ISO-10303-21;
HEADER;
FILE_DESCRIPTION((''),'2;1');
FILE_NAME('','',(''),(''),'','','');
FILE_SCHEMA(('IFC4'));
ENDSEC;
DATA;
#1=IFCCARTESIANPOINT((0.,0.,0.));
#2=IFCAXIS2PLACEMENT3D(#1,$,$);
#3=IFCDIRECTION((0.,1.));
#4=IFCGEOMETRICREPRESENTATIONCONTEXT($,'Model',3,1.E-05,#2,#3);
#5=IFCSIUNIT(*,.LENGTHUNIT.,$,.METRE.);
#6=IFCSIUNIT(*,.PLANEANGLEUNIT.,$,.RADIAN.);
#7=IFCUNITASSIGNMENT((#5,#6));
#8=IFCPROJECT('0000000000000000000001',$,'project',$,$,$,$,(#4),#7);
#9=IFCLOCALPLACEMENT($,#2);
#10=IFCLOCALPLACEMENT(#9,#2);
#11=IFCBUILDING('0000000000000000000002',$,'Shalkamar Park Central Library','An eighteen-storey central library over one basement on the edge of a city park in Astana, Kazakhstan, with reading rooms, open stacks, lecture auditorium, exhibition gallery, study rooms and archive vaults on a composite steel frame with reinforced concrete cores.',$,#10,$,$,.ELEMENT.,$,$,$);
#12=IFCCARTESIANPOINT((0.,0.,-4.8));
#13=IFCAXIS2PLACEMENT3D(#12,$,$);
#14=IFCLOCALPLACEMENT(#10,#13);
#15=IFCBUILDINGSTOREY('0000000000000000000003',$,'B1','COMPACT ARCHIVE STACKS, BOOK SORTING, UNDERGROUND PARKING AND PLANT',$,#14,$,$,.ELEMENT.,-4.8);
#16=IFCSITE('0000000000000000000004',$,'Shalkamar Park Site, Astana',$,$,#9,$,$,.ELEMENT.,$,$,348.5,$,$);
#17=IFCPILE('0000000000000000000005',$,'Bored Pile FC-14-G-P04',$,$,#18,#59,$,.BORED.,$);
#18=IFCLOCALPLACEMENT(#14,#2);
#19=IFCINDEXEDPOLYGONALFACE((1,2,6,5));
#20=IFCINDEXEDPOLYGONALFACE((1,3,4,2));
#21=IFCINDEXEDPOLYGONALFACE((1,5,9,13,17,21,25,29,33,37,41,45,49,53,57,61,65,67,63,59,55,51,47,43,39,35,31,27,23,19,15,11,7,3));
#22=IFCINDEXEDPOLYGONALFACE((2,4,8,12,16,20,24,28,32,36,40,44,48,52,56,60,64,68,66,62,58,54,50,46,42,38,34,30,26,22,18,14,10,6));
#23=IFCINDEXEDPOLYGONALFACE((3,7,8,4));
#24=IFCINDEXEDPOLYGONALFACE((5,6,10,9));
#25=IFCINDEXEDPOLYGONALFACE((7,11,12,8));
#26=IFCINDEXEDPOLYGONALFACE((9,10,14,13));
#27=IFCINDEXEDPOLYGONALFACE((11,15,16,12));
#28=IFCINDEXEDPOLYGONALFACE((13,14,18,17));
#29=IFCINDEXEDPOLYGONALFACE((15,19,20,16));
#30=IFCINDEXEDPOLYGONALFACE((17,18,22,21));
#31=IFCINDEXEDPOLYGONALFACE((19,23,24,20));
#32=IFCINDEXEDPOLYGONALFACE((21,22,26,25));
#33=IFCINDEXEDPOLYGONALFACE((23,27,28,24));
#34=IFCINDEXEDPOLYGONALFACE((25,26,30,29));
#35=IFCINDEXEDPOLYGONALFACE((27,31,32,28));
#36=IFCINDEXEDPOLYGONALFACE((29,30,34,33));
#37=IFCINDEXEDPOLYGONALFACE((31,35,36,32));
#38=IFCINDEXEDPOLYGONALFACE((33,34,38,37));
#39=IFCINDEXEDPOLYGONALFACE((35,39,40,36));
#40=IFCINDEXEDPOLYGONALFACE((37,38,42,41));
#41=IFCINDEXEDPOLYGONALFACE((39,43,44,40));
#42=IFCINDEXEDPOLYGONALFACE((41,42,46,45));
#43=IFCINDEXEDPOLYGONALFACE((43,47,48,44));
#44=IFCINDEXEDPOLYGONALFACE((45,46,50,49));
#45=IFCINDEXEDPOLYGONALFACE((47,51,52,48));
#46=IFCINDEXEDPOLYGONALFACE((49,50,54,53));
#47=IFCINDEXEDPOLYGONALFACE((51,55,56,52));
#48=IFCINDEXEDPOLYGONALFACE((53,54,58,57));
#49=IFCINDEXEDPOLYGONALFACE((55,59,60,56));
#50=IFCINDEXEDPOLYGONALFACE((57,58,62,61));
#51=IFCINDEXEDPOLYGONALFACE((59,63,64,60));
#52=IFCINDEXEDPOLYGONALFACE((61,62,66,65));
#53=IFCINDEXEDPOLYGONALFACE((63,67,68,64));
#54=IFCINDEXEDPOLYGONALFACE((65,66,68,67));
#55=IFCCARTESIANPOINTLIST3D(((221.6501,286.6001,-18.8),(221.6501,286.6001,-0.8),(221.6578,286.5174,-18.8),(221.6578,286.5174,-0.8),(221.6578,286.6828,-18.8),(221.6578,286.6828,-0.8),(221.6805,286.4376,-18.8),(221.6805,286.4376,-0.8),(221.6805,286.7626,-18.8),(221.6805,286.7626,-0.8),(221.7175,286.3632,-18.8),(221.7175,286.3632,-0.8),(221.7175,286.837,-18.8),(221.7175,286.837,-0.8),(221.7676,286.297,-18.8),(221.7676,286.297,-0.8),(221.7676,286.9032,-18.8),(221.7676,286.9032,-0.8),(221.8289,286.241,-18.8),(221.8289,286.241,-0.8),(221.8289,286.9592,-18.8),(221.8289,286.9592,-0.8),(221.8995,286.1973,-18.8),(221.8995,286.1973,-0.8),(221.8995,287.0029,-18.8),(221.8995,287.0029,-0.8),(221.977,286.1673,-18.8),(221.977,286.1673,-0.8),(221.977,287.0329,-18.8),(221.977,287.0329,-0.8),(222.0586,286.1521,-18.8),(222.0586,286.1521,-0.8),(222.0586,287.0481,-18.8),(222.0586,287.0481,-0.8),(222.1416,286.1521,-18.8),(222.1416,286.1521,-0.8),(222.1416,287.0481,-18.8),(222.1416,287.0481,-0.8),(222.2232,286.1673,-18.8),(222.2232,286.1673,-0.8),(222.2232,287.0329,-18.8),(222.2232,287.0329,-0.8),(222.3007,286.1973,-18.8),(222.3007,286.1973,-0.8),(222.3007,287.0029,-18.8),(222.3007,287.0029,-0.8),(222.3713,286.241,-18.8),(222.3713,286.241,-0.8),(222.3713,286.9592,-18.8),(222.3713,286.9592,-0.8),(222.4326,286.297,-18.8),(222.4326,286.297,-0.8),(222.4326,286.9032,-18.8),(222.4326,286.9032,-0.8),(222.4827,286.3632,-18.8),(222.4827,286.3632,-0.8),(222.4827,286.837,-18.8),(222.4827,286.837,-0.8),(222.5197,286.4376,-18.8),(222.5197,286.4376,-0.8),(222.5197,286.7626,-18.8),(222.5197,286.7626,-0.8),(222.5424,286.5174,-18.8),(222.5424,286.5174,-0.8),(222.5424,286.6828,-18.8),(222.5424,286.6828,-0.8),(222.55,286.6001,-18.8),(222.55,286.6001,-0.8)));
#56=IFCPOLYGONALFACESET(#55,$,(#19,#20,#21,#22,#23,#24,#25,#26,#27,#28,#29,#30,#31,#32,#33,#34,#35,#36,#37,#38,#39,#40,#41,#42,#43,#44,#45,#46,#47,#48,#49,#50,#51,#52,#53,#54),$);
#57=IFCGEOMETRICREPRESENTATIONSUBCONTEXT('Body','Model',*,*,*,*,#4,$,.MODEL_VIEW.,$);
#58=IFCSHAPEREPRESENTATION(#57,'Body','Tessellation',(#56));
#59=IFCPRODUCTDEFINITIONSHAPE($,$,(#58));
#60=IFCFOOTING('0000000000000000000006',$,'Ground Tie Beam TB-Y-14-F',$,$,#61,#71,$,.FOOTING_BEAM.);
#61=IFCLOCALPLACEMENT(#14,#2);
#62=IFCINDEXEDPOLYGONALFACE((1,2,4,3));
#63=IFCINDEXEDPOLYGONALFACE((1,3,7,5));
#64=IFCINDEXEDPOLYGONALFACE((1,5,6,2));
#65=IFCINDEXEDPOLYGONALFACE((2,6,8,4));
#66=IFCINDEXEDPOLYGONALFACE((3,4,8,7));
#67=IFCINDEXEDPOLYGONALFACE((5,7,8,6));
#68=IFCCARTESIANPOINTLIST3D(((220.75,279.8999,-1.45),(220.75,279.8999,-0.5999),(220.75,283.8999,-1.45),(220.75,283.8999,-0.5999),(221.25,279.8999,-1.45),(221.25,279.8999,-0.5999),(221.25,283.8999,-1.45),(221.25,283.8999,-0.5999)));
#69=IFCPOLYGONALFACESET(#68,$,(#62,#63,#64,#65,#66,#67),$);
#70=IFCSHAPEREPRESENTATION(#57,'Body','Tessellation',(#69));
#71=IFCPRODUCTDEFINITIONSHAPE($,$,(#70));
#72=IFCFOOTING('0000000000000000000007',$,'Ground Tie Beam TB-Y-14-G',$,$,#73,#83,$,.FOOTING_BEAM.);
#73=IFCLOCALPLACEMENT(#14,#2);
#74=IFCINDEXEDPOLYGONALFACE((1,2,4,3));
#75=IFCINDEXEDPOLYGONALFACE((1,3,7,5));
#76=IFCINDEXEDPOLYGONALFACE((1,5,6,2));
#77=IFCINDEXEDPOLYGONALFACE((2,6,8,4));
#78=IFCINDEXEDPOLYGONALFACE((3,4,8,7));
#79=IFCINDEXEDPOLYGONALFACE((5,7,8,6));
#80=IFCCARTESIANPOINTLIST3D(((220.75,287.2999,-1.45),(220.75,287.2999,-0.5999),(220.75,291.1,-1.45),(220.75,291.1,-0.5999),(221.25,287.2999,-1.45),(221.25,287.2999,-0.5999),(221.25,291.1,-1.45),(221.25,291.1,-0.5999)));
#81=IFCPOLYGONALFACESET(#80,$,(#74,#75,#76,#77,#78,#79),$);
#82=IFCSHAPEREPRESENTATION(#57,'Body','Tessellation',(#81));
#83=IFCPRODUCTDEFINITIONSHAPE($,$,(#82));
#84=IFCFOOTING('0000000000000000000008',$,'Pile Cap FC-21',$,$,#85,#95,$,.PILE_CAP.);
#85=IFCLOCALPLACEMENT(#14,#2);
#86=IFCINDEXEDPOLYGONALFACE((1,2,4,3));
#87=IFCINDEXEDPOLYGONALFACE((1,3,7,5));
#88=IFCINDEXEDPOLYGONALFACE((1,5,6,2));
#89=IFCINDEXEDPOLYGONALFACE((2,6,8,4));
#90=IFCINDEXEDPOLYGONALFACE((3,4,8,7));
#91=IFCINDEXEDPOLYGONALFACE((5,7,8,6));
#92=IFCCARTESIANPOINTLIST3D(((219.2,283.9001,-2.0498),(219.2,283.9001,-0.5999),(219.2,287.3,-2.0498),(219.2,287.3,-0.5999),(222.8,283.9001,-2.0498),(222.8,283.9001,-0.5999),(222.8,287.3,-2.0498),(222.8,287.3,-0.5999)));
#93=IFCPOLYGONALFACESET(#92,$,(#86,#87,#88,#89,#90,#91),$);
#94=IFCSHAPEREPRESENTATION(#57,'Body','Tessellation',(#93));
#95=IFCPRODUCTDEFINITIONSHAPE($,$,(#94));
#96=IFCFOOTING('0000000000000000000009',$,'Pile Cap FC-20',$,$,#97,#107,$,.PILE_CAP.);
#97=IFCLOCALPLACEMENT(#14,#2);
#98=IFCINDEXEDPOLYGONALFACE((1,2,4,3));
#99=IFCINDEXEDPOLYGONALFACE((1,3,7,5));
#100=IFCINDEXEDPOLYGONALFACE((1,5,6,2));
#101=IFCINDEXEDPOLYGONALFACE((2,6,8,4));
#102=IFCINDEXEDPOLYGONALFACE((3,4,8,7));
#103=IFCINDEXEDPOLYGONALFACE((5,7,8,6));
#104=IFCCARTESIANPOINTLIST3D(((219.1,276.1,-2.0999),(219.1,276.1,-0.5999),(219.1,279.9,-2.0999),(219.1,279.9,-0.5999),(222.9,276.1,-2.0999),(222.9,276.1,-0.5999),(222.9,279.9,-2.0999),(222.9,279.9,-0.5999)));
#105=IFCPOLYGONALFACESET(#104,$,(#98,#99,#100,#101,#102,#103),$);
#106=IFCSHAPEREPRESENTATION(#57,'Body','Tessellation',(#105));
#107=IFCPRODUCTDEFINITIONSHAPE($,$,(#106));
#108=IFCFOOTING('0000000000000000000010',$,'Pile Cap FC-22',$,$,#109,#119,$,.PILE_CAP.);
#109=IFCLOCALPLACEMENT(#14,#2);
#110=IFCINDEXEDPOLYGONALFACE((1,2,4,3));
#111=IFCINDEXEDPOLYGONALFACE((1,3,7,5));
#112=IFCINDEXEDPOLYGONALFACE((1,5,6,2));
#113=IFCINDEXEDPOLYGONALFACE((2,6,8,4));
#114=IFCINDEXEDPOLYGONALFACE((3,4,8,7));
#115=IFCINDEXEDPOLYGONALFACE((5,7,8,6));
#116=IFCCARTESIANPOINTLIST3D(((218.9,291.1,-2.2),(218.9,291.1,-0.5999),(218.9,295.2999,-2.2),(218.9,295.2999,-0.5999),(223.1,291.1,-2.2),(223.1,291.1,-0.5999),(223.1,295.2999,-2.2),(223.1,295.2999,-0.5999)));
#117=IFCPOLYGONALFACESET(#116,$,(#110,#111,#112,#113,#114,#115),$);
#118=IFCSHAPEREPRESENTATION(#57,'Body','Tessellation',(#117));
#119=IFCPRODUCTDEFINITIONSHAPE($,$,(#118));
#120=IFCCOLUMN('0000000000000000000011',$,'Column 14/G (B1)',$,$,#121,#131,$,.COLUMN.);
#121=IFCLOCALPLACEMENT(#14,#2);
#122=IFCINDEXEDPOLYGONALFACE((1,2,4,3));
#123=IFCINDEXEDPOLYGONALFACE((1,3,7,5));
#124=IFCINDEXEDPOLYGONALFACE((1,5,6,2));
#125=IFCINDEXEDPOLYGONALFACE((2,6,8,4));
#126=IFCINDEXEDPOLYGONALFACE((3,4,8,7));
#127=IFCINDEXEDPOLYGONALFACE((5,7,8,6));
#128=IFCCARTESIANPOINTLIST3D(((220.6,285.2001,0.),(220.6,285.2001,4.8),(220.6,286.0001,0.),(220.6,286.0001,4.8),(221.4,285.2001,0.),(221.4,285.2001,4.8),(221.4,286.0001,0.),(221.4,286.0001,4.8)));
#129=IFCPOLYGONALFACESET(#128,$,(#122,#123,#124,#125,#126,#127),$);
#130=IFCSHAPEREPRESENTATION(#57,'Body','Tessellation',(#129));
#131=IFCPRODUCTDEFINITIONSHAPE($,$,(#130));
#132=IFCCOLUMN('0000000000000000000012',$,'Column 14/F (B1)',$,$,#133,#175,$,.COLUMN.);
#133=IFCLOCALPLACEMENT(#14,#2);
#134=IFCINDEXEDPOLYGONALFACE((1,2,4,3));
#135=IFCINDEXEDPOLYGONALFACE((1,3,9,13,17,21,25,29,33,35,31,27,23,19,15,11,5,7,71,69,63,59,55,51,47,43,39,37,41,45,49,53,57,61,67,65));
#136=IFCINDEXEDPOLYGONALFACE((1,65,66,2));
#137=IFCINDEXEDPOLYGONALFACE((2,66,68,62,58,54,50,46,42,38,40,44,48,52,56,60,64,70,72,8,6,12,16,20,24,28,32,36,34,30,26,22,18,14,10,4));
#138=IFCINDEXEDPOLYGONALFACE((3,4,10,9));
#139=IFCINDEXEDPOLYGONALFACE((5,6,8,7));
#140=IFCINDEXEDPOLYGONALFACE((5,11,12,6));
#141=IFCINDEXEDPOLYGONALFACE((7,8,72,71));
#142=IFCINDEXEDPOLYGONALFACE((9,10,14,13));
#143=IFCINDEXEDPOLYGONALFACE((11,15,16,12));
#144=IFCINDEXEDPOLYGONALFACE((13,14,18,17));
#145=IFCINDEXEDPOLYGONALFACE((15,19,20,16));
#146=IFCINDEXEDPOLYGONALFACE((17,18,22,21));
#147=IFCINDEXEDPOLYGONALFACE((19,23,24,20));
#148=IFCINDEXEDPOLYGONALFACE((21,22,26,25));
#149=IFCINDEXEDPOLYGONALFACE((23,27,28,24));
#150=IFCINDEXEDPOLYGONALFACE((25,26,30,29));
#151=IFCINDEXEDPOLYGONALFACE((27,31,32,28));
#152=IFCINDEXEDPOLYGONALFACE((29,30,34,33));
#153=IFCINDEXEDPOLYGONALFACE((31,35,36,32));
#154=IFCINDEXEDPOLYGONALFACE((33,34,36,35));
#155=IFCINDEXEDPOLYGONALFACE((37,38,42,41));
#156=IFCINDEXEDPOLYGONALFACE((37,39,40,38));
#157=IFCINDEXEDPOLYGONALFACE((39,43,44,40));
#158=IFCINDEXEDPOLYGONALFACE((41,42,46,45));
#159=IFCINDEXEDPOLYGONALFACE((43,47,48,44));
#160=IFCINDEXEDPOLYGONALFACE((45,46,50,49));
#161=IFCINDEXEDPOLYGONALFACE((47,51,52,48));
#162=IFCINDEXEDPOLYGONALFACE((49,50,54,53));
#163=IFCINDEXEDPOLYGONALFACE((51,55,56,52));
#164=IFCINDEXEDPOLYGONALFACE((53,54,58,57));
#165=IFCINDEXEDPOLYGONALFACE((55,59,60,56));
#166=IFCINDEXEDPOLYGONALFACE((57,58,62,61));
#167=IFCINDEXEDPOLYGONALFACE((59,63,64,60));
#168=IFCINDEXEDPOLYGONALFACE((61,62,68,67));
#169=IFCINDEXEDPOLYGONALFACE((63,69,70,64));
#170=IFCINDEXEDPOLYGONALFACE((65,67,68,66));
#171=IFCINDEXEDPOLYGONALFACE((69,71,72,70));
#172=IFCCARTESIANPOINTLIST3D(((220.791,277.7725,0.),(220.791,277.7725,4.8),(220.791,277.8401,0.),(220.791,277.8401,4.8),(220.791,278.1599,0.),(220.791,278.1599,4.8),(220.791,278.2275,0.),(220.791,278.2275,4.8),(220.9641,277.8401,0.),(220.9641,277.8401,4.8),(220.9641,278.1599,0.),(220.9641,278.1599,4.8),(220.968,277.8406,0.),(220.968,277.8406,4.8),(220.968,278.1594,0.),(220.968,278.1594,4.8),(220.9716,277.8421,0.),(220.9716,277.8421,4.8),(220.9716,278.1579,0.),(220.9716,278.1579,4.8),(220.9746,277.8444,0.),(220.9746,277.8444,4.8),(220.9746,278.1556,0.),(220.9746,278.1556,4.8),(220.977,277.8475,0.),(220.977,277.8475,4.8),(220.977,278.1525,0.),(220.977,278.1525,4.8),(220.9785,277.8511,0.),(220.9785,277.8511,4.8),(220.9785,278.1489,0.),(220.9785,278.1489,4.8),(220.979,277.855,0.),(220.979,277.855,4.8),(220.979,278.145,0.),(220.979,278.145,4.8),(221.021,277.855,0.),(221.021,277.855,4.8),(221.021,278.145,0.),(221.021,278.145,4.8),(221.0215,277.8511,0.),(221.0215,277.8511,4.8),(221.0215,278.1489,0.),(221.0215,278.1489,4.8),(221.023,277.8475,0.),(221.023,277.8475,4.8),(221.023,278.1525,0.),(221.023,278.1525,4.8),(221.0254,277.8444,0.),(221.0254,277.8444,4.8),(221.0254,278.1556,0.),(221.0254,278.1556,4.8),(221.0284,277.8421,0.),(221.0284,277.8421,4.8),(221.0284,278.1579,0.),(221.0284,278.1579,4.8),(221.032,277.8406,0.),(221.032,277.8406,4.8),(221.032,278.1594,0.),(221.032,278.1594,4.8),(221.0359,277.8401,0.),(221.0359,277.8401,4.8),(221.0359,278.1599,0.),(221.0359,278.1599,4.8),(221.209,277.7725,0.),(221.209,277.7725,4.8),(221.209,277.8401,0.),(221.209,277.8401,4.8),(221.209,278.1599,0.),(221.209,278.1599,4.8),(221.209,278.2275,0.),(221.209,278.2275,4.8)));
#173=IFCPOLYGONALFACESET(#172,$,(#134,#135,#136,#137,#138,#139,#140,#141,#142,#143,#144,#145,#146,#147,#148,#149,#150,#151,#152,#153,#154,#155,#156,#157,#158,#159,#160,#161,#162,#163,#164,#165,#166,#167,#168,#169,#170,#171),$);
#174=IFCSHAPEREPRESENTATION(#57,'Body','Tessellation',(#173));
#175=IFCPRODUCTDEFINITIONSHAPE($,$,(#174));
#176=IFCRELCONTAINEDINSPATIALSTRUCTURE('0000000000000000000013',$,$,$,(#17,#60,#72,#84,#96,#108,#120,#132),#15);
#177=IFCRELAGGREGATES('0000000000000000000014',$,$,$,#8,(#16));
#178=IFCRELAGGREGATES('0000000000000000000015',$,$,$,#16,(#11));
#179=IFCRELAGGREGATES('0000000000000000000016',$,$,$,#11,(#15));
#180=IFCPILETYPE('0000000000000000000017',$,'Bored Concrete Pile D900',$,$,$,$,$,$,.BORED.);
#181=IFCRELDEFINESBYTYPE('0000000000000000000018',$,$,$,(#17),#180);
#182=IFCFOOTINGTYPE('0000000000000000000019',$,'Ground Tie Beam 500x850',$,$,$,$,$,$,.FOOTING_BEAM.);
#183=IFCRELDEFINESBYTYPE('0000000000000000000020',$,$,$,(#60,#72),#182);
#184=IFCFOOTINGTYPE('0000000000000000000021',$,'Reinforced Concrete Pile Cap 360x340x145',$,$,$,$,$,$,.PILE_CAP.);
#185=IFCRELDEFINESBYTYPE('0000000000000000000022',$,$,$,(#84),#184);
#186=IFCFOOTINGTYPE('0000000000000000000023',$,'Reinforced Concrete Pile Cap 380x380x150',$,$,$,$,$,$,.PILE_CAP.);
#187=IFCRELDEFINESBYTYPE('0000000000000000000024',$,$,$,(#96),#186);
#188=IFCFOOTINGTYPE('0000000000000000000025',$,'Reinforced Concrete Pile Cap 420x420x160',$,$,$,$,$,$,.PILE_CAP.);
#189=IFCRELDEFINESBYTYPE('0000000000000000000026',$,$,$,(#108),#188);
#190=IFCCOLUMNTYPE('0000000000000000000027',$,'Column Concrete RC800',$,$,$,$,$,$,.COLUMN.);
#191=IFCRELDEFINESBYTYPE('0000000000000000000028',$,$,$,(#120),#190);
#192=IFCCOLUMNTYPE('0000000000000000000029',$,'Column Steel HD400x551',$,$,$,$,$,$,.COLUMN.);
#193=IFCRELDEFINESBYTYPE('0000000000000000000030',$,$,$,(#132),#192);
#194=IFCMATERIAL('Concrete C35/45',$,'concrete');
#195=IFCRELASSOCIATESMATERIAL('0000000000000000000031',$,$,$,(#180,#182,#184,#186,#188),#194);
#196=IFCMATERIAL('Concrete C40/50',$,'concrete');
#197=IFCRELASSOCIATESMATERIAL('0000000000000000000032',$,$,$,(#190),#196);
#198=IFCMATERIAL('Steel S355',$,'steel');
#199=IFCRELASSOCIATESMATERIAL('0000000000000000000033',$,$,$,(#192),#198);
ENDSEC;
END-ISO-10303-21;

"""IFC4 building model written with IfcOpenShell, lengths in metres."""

from ifc_helpers import new_model, si_unit, direction, frame, origin, origin_2d, place, context, subcontext, project, spatial, rectangle, circle, i_section, extrude, material, material_profile, profile_set, type_object, element, save


model = new_model("IFC4")

# Units and contexts
model_context = context("Model", 3, precision=1e-05, world=origin(), true_north=direction((0.0, 1.0)))
body_context = subcontext(model_context, "Body", "Model", "MODEL_VIEW")
ifc_project = project(units=[si_unit("LENGTHUNIT", "METRE"), si_unit("PLANEANGLEUNIT", "RADIAN")], contexts=[model_context])

# Site, building, storey
site_placement = place(None, origin())
site = spatial("IfcSite", under=ifc_project, at=site_placement, Name="Shalkamar Park Site, Astana", CompositionType="ELEMENT", RefElevation=348.5)
building_placement = place(site_placement, origin())
building = spatial("IfcBuilding", under=site, at=building_placement, Name="Shalkamar Park Central Library", Description="An eighteen-storey central library over one basement on the edge of a city park in Astana, Kazakhstan, with reading rooms, open stacks, lecture auditorium, exhibition gallery, study rooms and archive vaults on a composite steel frame with reinforced concrete cores.", CompositionType="ELEMENT")
storey_placement = place(building_placement, frame((0.0, 0.0, -4.8)))
storey = spatial("IfcBuildingStorey", under=building, at=storey_placement, Name="B1", Description="COMPACT ARCHIVE STACKS, BOOK SORTING, UNDERGROUND PARKING AND PLANT", CompositionType="ELEMENT", Elevation=-4.8)

# Pile
ifc_material_1 = material(Name="Concrete C35/45", Category="concrete")
ifc_material_profile_1 = material_profile(ifc_material_1, circle(Radius=0.45, at=origin_2d()), Name="PILE D900")
ifc_profile_set_1 = profile_set([ifc_material_profile_1], Name="Concrete C35/45")
pile_type_1 = type_object("IfcPileType", Name="Bored Concrete Pile D900", PredefinedType="BORED", material=ifc_profile_set_1)
for number, where, z_axis, x_axis, name in (
    (1, (222.1001, 286.6001, -0.8), (0.0, 0.0, -1.0), (1.0, 0.0, 0.0), "Bored Pile FC-14-G-P04"),
):
    element("IfcPile", number, at=place(storey_placement, frame(where, z_axis=z_axis, x_axis=x_axis)), inside=storey, type_object=pile_type_1, Name=name, PredefinedType="BORED", context=body_context, shape_type="SweptSolid", body=[
        extrude(circle(Radius=0.45, at=origin_2d()), origin(), (0.0, 0.0, 1.0), 18.0),
    ])

# Footings
footing_type_1 = type_object("IfcFootingType", Name="Ground Tie Beam 500x850", PredefinedType="FOOTING_BEAM", material=ifc_material_1)
footing_1_placement = place(storey_placement, frame((221.0, 281.8999, -1.45), z_axis=(0.0, 0.0, 1.0), x_axis=(0.0, 1.0, 0.0)))
element("IfcFooting", 2, at=footing_1_placement, inside=storey, type_object=footing_type_1, Name="Ground Tie Beam TB-Y-14-F", PredefinedType="FOOTING_BEAM", context=body_context, shape_type="SweptSolid", body=[
    extrude(rectangle(XDim=4.0, YDim=0.5, at=origin_2d()), origin(), (0.0, 0.0, 1.0), 0.8501),
])
footing_2_placement = place(storey_placement, frame((221.0, 289.2, -1.45), z_axis=(0.0, 0.0, 1.0), x_axis=(0.0, 1.0, 0.0)))
element("IfcFooting", 3, at=footing_2_placement, inside=storey, type_object=footing_type_1, Name="Ground Tie Beam TB-Y-14-G", PredefinedType="FOOTING_BEAM", context=body_context, shape_type="SweptSolid", body=[
    extrude(rectangle(XDim=3.8, YDim=0.5, at=origin_2d()), origin(), (0.0, 0.0, 1.0), 0.8501),
])
footing_type_2 = type_object("IfcFootingType", Name="Reinforced Concrete Pile Cap 360x340x145", PredefinedType="PILE_CAP", material=ifc_material_1)
footing_3_placement = place(storey_placement, frame((221.0, 285.6001, -2.0498), z_axis=(0.0, 0.0, 1.0), x_axis=(1.0, 0.0, 0.0)))
element("IfcFooting", 4, at=footing_3_placement, inside=storey, type_object=footing_type_2, Name="Pile Cap FC-21", PredefinedType="PILE_CAP", context=body_context, shape_type="SweptSolid", body=[
    extrude(rectangle(XDim=3.6001, YDim=3.3999, at=origin_2d()), origin(), (0.0, 0.0, 1.0), 1.45),
])
footing_type_3 = type_object("IfcFootingType", Name="Reinforced Concrete Pile Cap 380x380x150", PredefinedType="PILE_CAP", material=ifc_material_1)
footing_4_placement = place(storey_placement, frame((221.0, 278.0, -2.0999), z_axis=(0.0, 0.0, 1.0), x_axis=(1.0, 0.0, 0.0)))
element("IfcFooting", 5, at=footing_4_placement, inside=storey, type_object=footing_type_3, Name="Pile Cap FC-20", PredefinedType="PILE_CAP", context=body_context, shape_type="SweptSolid", body=[
    extrude(rectangle(XDim=3.8, YDim=3.8, at=origin_2d()), origin(), (0.0, 0.0, 1.0), 1.5),
])
footing_type_4 = type_object("IfcFootingType", Name="Reinforced Concrete Pile Cap 420x420x160", PredefinedType="PILE_CAP", material=ifc_material_1)
footing_5_placement = place(storey_placement, frame((221.0, 293.2, -2.2), z_axis=(0.0, 0.0, 1.0), x_axis=(1.0, 0.0, 0.0)))
element("IfcFooting", 6, at=footing_5_placement, inside=storey, type_object=footing_type_4, Name="Pile Cap FC-22", PredefinedType="PILE_CAP", context=body_context, shape_type="SweptSolid", body=[
    extrude(rectangle(XDim=4.2, YDim=4.2, at=origin_2d()), origin(), (0.0, 0.0, 1.0), 1.6001),
])

# Columns
ifc_material_2 = material(Name="Concrete C40/50", Category="concrete")
ifc_material_profile_2 = material_profile(ifc_material_2, rectangle(XDim=0.8, YDim=0.8, at=origin_2d()), Name="RC 800x800")
ifc_profile_set_2 = profile_set([ifc_material_profile_2], Name="Concrete C40/50")
column_type_1 = type_object("IfcColumnType", Name="Column Concrete RC800", PredefinedType="COLUMN", material=ifc_profile_set_2)
column_1_placement = place(storey_placement, frame((221.0, 285.6001, 0.0), z_axis=(0.0, 0.0, 1.0), x_axis=(1.0, 0.0, 0.0)))
element("IfcColumn", 7, at=column_1_placement, inside=storey, type_object=column_type_1, Name="Column 14/G (B1)", PredefinedType="COLUMN", context=body_context, shape_type="SweptSolid", body=[
    extrude(rectangle(XDim=0.8, YDim=0.8, at=origin_2d()), origin(), (0.0, 0.0, 1.0), 4.8),
])
ifc_material_3 = material(Name="Steel S355", Category="steel")
ifc_material_profile_3 = material_profile(ifc_material_3, i_section(OverallWidth=0.418, OverallDepth=0.4551, WebThickness=0.042, FlangeThickness=0.0676, FilletRadius=0.0149, at=origin_2d()), Name="HD 400x551")
ifc_profile_set_3 = profile_set([ifc_material_profile_3], Name="Steel S355")
column_type_2 = type_object("IfcColumnType", Name="Column Steel HD400x551", PredefinedType="COLUMN", material=ifc_profile_set_3)
column_2_placement = place(storey_placement, frame((221.0, 278.0, 0.0), z_axis=(0.0, 0.0, 1.0), x_axis=(1.0, 0.0, 0.0)))
element("IfcColumn", 8, at=column_2_placement, inside=storey, type_object=column_type_2, Name="Column 14/F (B1)", PredefinedType="COLUMN", context=body_context, shape_type="SweptSolid", body=[
    extrude(i_section(OverallWidth=0.418, OverallDepth=0.4551, WebThickness=0.042, FlangeThickness=0.0676, FilletRadius=0.0149, at=origin_2d()), origin(), (0.0, 0.0, 1.0), 4.8),
])

save(model, "model.ifc")
